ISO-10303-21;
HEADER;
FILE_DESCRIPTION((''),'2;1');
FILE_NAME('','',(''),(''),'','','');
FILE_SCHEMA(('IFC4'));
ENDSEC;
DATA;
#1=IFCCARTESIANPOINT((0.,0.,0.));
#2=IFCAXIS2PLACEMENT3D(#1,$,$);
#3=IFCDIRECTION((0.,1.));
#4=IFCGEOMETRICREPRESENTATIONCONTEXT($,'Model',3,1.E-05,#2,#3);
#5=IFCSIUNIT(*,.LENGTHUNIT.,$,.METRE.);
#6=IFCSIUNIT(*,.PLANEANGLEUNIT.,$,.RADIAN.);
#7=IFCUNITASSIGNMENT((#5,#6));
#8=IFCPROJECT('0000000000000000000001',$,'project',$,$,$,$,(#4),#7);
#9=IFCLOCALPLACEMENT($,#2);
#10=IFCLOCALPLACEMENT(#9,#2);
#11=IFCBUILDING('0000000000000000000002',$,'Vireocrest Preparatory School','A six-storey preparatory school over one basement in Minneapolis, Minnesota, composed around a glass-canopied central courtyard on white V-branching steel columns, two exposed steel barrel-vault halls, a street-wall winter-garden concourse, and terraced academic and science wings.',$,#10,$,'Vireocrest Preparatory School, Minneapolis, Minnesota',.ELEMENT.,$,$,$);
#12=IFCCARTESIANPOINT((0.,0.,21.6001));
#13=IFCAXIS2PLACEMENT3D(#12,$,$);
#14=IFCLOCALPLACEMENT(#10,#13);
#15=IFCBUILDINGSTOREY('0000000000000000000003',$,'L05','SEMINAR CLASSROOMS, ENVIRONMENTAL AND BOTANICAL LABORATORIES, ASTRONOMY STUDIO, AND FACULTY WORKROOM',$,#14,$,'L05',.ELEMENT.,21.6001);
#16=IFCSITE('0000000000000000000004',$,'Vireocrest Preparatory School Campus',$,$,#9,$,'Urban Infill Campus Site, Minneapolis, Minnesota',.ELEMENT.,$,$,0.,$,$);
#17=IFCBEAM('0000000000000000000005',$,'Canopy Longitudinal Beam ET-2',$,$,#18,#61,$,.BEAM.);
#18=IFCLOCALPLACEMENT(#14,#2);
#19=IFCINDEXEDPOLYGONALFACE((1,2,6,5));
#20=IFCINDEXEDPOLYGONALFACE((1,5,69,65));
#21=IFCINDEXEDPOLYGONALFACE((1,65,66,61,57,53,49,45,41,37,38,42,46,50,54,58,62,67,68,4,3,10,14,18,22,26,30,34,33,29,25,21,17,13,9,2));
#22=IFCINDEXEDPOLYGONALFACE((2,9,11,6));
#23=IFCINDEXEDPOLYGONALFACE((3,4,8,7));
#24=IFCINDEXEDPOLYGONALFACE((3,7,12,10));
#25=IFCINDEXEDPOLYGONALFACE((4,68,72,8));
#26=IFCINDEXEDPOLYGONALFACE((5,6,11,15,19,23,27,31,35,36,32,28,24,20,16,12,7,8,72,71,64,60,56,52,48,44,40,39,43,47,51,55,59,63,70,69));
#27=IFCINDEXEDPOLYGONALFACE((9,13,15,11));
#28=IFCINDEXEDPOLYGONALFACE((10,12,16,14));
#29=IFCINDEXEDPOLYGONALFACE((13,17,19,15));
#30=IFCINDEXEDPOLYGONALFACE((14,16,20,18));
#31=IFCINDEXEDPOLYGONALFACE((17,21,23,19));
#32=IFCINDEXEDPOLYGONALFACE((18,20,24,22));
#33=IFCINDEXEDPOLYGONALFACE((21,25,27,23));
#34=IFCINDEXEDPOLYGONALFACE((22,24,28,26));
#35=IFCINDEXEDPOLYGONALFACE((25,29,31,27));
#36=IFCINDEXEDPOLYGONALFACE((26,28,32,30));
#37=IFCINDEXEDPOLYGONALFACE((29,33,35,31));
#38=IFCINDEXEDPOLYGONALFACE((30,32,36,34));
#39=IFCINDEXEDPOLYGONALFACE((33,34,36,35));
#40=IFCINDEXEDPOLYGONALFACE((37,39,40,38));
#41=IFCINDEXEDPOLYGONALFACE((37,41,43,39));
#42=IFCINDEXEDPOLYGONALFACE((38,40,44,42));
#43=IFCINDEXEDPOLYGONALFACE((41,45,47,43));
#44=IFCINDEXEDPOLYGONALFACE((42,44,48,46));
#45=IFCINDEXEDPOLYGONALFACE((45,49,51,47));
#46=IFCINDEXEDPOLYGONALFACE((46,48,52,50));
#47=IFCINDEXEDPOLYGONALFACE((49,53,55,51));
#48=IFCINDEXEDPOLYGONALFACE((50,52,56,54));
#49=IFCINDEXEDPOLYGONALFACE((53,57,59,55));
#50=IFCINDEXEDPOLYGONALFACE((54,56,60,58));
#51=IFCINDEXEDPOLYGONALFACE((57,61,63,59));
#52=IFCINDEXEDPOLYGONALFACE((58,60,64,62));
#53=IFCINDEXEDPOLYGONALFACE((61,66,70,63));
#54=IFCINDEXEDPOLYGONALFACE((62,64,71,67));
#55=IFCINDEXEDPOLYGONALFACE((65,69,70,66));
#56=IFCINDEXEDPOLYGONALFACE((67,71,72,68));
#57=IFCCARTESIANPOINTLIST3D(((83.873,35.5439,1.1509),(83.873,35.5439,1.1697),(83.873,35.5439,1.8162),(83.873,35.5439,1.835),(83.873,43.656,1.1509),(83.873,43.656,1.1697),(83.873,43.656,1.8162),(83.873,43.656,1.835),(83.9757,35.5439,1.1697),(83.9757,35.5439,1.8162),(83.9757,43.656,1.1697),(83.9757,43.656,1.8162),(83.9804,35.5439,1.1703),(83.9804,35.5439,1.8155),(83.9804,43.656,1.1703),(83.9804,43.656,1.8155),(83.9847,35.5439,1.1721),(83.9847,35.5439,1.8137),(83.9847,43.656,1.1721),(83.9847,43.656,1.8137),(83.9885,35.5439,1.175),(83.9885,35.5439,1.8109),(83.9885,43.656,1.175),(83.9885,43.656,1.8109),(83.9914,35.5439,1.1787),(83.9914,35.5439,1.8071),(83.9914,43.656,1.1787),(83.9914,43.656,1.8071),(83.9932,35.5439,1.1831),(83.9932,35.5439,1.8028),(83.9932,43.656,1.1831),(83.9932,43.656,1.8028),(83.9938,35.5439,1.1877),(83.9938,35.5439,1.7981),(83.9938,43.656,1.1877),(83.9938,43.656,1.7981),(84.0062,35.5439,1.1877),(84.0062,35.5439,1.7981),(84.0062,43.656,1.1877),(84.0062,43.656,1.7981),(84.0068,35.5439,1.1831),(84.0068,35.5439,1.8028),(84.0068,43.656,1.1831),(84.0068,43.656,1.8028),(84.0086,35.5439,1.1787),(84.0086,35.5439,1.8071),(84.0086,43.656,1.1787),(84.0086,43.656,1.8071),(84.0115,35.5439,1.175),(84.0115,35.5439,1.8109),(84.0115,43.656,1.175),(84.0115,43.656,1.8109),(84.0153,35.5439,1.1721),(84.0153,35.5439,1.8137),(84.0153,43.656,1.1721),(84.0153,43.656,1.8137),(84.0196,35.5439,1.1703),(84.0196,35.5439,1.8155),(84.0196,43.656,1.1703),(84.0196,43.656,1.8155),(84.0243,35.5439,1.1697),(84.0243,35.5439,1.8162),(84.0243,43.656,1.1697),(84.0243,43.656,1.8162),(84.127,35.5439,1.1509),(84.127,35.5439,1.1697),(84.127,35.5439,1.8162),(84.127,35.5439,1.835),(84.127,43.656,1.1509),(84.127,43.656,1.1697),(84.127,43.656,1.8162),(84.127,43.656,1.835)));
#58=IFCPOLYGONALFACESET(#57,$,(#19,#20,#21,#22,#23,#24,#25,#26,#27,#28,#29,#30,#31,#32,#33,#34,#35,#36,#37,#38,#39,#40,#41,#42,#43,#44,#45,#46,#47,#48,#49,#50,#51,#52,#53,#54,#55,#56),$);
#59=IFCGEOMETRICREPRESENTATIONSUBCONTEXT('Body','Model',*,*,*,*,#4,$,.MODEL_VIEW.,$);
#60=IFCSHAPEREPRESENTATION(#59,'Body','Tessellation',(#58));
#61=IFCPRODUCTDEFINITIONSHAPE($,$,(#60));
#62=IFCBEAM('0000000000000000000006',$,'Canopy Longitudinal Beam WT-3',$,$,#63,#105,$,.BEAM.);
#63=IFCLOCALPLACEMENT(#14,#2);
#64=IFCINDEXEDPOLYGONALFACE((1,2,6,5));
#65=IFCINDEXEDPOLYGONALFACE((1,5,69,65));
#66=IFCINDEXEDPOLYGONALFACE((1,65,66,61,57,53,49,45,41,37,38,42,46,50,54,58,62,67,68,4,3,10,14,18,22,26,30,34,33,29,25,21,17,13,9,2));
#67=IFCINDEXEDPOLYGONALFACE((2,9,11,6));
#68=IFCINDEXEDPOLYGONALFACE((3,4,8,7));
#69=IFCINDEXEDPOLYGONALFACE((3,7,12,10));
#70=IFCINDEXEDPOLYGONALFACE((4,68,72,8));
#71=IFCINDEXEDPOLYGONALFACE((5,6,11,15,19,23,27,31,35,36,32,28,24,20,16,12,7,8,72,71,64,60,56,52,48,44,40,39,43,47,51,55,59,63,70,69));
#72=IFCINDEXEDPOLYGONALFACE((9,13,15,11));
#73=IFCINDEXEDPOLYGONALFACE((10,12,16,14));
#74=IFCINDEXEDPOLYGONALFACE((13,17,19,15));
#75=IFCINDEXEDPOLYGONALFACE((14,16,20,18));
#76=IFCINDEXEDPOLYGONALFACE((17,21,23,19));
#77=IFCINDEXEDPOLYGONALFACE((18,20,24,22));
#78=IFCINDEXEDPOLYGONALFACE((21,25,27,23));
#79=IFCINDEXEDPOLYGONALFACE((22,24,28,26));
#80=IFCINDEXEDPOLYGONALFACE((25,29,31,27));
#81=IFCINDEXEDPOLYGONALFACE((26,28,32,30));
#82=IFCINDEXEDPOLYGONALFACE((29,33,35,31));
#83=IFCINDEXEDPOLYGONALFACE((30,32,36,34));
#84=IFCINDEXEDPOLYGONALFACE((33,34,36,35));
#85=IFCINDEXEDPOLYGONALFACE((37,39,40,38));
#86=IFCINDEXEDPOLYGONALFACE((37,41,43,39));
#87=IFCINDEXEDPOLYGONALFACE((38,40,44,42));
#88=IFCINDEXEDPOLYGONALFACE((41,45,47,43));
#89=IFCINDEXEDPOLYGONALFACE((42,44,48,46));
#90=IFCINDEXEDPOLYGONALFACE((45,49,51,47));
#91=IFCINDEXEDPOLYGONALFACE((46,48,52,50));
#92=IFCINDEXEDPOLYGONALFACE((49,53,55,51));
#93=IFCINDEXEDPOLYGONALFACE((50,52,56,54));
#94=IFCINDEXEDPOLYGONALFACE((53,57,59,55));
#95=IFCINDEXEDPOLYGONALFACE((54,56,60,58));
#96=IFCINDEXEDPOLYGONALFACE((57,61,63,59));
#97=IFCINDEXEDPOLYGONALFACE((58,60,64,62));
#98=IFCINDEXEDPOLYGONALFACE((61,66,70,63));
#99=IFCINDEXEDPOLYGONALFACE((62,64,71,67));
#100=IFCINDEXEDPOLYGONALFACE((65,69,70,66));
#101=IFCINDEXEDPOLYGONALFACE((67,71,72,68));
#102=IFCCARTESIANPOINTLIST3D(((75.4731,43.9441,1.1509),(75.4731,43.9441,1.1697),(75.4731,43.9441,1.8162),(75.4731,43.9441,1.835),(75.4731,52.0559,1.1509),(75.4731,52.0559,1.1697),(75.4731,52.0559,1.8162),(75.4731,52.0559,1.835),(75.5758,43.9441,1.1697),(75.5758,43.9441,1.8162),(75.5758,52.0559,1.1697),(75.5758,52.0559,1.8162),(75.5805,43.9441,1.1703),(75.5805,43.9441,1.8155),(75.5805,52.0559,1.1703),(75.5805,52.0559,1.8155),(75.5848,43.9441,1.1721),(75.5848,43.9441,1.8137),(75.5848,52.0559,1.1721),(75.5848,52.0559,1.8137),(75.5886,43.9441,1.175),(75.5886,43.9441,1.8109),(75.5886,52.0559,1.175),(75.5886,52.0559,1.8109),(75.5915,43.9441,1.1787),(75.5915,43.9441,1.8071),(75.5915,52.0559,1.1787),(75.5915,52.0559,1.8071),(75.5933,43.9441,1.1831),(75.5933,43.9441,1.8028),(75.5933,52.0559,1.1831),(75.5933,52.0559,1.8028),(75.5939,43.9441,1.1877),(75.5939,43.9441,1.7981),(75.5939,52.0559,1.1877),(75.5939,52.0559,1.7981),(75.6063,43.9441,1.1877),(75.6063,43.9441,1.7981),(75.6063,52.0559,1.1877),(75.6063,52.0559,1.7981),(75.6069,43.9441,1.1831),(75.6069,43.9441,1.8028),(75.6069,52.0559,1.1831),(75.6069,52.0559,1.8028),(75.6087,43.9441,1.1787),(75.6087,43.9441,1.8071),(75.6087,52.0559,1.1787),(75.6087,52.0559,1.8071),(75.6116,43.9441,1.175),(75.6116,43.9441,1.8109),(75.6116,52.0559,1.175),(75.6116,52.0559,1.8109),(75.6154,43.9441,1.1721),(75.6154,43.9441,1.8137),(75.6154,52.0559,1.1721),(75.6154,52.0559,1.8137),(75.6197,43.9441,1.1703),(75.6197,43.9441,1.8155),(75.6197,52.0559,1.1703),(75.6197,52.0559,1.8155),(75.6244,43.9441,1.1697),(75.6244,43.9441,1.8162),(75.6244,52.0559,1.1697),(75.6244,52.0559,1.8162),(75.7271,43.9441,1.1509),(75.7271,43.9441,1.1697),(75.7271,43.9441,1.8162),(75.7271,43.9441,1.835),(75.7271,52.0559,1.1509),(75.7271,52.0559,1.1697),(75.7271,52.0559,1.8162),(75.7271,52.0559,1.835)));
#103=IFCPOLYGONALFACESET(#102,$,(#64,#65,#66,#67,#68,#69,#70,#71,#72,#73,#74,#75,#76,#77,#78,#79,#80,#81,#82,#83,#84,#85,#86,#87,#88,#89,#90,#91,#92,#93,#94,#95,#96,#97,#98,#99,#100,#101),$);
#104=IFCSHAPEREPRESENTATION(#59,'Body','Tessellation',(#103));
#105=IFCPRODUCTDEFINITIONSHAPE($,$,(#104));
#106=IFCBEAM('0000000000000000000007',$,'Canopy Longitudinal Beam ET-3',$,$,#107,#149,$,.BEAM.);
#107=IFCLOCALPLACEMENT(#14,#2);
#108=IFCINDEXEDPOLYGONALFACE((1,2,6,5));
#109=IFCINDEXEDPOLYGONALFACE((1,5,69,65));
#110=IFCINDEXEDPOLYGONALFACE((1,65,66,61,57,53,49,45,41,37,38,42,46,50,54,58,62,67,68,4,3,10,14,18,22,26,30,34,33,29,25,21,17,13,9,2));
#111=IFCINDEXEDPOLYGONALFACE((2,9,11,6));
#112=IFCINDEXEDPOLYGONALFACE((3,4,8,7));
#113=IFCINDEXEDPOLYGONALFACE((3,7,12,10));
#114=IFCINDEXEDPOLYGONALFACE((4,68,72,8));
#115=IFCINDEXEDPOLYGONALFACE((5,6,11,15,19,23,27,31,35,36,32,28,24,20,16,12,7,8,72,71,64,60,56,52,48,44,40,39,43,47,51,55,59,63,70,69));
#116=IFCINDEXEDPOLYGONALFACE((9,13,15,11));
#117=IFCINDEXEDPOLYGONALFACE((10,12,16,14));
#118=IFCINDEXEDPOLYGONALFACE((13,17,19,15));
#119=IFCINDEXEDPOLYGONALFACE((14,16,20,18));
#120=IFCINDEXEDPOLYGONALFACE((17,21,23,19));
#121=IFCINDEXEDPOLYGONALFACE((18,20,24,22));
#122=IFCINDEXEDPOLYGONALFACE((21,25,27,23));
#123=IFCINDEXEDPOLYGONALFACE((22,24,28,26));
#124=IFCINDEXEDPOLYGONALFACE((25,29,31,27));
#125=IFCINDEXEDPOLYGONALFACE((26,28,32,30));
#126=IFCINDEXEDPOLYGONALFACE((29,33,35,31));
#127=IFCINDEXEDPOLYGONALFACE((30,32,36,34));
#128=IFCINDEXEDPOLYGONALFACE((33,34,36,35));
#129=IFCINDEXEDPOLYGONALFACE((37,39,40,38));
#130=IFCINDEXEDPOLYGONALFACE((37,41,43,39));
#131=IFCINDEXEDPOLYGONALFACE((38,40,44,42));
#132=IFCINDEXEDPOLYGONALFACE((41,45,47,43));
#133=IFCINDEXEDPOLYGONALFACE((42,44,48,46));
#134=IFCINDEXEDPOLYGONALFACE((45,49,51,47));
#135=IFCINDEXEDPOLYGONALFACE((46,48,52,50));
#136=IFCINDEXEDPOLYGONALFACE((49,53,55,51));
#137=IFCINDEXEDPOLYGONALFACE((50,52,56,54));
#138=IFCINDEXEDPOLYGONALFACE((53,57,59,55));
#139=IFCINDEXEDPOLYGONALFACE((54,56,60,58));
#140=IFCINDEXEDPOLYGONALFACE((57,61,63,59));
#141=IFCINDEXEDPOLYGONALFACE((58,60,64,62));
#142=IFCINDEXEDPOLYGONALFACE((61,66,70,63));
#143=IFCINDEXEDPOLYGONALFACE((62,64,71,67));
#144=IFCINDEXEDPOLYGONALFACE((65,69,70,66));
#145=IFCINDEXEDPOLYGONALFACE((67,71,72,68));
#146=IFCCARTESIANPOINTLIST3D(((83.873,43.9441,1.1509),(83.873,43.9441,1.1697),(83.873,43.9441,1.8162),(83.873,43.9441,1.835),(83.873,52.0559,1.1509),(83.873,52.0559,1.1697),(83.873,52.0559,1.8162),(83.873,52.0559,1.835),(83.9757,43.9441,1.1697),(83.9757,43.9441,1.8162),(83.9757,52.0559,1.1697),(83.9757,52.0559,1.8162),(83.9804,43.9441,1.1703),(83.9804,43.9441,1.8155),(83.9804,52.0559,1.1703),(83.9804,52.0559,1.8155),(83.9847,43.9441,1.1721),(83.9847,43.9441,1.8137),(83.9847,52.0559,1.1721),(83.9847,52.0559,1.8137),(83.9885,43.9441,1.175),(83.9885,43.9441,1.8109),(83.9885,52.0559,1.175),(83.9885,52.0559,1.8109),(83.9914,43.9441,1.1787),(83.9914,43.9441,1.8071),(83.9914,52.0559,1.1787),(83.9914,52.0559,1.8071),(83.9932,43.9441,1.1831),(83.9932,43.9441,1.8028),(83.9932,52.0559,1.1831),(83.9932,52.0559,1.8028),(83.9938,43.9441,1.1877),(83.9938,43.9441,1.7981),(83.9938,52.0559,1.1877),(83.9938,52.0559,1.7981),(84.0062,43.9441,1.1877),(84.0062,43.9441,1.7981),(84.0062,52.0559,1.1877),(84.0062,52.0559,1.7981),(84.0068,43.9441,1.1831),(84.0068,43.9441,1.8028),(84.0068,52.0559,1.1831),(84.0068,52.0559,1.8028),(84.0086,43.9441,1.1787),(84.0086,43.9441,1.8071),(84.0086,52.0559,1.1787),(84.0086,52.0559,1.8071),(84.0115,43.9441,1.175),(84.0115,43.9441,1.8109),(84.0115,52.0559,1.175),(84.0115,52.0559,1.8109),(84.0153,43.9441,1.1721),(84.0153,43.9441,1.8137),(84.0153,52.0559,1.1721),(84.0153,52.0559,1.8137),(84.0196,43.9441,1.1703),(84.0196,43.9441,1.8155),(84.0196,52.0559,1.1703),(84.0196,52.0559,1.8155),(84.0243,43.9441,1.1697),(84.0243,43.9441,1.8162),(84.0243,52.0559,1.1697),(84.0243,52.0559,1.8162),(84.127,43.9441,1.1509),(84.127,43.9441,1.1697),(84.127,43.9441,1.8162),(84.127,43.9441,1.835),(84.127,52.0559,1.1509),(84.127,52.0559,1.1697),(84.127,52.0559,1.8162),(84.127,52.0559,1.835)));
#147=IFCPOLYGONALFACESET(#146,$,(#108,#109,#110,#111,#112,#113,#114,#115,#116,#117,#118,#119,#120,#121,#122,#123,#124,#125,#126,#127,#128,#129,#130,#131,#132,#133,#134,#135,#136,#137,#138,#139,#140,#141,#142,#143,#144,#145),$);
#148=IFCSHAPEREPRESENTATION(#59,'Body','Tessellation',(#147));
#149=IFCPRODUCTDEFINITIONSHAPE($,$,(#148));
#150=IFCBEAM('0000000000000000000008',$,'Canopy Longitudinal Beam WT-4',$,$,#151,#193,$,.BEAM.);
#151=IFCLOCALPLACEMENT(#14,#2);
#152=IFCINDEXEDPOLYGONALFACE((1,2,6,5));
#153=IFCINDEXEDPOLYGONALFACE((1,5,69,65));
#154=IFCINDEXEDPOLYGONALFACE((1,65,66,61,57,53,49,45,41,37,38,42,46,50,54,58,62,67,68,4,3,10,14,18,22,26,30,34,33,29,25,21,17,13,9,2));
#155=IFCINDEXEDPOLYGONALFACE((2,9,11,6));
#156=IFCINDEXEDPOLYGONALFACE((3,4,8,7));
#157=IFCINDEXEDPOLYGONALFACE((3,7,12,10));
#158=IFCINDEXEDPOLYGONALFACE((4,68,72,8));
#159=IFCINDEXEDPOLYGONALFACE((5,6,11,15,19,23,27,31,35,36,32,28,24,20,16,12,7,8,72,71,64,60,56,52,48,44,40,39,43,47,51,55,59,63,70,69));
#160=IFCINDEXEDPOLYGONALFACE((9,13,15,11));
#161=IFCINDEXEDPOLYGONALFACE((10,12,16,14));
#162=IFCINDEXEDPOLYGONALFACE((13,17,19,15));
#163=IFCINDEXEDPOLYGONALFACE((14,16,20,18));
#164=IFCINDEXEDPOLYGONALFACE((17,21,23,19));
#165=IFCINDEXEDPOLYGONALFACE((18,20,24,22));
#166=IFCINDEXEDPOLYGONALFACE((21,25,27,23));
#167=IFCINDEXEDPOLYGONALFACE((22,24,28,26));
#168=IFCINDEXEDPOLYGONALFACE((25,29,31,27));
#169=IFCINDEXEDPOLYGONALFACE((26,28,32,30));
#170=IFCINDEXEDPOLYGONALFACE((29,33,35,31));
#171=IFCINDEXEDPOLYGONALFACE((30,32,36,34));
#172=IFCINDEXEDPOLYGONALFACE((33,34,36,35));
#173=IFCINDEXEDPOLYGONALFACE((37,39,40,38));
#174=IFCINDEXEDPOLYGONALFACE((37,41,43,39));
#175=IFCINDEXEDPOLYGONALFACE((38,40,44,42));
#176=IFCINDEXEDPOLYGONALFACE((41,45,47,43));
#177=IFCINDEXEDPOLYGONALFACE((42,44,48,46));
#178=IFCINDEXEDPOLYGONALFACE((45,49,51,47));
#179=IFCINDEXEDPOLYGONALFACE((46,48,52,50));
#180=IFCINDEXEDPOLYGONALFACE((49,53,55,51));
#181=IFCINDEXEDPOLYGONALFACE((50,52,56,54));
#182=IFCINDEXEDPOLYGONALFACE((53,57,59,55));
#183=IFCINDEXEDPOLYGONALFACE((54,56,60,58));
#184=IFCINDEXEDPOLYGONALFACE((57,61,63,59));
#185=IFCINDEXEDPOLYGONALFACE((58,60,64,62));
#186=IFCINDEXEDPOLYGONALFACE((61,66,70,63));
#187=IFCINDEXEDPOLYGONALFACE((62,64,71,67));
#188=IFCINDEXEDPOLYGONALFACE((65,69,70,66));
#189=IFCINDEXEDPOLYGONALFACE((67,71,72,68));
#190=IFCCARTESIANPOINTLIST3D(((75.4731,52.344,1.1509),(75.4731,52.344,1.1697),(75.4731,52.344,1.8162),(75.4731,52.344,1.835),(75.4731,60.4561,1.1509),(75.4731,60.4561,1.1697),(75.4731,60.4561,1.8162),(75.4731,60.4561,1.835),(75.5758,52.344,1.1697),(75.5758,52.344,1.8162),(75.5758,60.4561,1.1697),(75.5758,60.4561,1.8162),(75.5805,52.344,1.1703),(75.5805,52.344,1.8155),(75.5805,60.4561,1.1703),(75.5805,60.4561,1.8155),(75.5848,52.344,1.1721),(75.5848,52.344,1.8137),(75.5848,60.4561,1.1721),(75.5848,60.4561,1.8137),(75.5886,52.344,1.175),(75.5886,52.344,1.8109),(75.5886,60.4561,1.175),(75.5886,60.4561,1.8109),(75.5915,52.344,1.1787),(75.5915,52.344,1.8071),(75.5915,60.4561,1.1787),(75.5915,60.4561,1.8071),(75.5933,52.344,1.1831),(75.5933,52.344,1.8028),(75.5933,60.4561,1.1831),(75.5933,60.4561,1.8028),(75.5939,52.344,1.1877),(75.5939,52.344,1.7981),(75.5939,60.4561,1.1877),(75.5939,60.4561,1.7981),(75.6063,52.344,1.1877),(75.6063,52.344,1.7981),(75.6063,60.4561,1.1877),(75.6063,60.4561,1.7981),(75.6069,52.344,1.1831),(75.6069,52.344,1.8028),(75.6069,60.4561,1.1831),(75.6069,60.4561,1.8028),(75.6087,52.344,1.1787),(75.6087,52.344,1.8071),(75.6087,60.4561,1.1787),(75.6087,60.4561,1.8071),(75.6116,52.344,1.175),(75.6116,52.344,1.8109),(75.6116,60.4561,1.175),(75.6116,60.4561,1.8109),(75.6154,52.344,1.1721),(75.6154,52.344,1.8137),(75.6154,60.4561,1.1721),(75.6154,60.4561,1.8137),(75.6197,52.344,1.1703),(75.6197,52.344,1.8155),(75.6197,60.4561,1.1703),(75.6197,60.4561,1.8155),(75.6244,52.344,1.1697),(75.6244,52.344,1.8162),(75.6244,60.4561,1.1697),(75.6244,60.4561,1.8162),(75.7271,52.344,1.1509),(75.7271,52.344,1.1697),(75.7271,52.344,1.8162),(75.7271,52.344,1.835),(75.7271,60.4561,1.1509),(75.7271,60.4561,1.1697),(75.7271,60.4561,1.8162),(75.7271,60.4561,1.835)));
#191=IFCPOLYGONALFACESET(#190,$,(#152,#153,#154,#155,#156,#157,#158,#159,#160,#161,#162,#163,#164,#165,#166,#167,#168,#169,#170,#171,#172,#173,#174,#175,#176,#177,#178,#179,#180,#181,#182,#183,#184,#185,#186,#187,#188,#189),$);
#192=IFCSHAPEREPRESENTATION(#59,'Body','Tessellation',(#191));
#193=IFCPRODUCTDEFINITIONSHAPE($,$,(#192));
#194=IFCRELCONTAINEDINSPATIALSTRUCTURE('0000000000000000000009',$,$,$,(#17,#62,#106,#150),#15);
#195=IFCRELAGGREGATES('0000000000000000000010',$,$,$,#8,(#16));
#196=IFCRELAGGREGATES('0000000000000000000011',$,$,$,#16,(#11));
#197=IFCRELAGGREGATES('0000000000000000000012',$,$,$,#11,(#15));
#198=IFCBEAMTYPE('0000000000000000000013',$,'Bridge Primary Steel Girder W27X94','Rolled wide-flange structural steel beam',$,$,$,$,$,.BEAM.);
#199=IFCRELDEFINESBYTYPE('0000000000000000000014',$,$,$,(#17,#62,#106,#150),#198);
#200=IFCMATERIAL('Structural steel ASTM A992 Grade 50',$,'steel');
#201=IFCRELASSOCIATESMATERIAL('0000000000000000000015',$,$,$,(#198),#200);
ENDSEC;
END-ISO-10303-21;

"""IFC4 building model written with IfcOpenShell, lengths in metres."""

from ifc_helpers import new_model, si_unit, direction, frame, origin, origin_2d, place, context, subcontext, project, spatial, i_section, extrude, material, material_profile, profile_set, type_object, element, save


model = new_model("IFC4")

# Units and contexts
model_context = context("Model", 3, precision=1e-05, world=origin(), true_north=direction((0.0, 1.0)))
body_context = subcontext(model_context, "Body", "Model", "MODEL_VIEW")
ifc_project = project(units=[si_unit("LENGTHUNIT", "METRE"), si_unit("PLANEANGLEUNIT", "RADIAN")], contexts=[model_context])

# Site, building, storey
site_placement = place(None, origin())
site = spatial("IfcSite", under=ifc_project, at=site_placement, Name="Vireocrest Preparatory School Campus", LongName="Urban Infill Campus Site, Minneapolis, Minnesota", CompositionType="ELEMENT", RefElevation=0.0)
building_placement = place(site_placement, origin())
building = spatial("IfcBuilding", under=site, at=building_placement, Name="Vireocrest Preparatory School", Description="A six-storey preparatory school over one basement in Minneapolis, Minnesota, composed around a glass-canopied central courtyard on white V-branching steel columns, two exposed steel barrel-vault halls, a street-wall winter-garden concourse, and terraced academic and science wings.", LongName="Vireocrest Preparatory School, Minneapolis, Minnesota", CompositionType="ELEMENT")
storey_placement = place(building_placement, frame((0.0, 0.0, 21.6001)))
storey = spatial("IfcBuildingStorey", under=building, at=storey_placement, Name="L05", Description="SEMINAR CLASSROOMS, ENVIRONMENTAL AND BOTANICAL LABORATORIES, ASTRONOMY STUDIO, AND FACULTY WORKROOM", LongName="L05", CompositionType="ELEMENT", Elevation=21.6001)

# Beams
ifc_material_1 = material(Name="Structural steel ASTM A992 Grade 50", Category="steel")
ifc_material_profile_1 = material_profile(ifc_material_1, i_section(OverallWidth=0.2539, OverallDepth=0.6841, WebThickness=0.0125, FlangeThickness=0.0188, FilletRadius=0.0181, at=origin_2d()), Name="W27X94")
ifc_profile_set_1 = profile_set([ifc_material_profile_1], Name="Structural steel ASTM A992 Grade 50")
beam_type = type_object("IfcBeamType", Name="Bridge Primary Steel Girder W27X94", Description="Rolled wide-flange structural steel beam", PredefinedType="BEAM", material=ifc_profile_set_1)
beam_placement = place(storey_placement, frame((84.0, 35.5439, 1.4929), z_axis=(0.0, 1.0, 0.0), x_axis=(-1.0, 0.0, 0.0)))
element("IfcBeam", 1, at=beam_placement, inside=storey, type_object=beam_type, Name="Canopy Longitudinal Beam ET-2", PredefinedType="BEAM", context=body_context, shape_type="SweptSolid", body=[
    extrude(i_section(OverallWidth=0.2539, OverallDepth=0.6841, WebThickness=0.0125, FlangeThickness=0.0188, FilletRadius=0.0181, at=origin_2d()), origin(), (0.0, 0.0, 1.0), 8.1121),
])
for number, where, z_axis, x_axis, name in (
    (2, (75.6001, 43.9441, 1.4929), (0.0, 1.0, 0.0), (-1.0, 0.0, 0.0), "Canopy Longitudinal Beam WT-3"),
    (3, (84.0, 43.9441, 1.4929), (0.0, 1.0, 0.0), (-1.0, 0.0, 0.0), "Canopy Longitudinal Beam ET-3"),
):
    element("IfcBeam", number, at=place(storey_placement, frame(where, z_axis=z_axis, x_axis=x_axis)), inside=storey, type_object=beam_type, Name=name, PredefinedType="BEAM", context=body_context, shape_type="SweptSolid", body=[
        extrude(i_section(OverallWidth=0.2539, OverallDepth=0.6841, WebThickness=0.0125, FlangeThickness=0.0188, FilletRadius=0.0181, at=origin_2d()), origin(), (0.0, 0.0, 1.0), 8.1118),
    ])
for number, where, z_axis, x_axis, name in (
    (4, (75.6001, 52.344, 1.4929), (0.0, 1.0, 0.0), (-1.0, 0.0, 0.0), "Canopy Longitudinal Beam WT-4"),
):
    element("IfcBeam", number, at=place(storey_placement, frame(where, z_axis=z_axis, x_axis=x_axis)), inside=storey, type_object=beam_type, Name=name, PredefinedType="BEAM", context=body_context, shape_type="SweptSolid", body=[
        extrude(i_section(OverallWidth=0.2539, OverallDepth=0.6841, WebThickness=0.0125, FlangeThickness=0.0188, FilletRadius=0.0181, at=origin_2d()), origin(), (0.0, 0.0, 1.0), 8.1121),
    ])

save(model, "model.ifc")
